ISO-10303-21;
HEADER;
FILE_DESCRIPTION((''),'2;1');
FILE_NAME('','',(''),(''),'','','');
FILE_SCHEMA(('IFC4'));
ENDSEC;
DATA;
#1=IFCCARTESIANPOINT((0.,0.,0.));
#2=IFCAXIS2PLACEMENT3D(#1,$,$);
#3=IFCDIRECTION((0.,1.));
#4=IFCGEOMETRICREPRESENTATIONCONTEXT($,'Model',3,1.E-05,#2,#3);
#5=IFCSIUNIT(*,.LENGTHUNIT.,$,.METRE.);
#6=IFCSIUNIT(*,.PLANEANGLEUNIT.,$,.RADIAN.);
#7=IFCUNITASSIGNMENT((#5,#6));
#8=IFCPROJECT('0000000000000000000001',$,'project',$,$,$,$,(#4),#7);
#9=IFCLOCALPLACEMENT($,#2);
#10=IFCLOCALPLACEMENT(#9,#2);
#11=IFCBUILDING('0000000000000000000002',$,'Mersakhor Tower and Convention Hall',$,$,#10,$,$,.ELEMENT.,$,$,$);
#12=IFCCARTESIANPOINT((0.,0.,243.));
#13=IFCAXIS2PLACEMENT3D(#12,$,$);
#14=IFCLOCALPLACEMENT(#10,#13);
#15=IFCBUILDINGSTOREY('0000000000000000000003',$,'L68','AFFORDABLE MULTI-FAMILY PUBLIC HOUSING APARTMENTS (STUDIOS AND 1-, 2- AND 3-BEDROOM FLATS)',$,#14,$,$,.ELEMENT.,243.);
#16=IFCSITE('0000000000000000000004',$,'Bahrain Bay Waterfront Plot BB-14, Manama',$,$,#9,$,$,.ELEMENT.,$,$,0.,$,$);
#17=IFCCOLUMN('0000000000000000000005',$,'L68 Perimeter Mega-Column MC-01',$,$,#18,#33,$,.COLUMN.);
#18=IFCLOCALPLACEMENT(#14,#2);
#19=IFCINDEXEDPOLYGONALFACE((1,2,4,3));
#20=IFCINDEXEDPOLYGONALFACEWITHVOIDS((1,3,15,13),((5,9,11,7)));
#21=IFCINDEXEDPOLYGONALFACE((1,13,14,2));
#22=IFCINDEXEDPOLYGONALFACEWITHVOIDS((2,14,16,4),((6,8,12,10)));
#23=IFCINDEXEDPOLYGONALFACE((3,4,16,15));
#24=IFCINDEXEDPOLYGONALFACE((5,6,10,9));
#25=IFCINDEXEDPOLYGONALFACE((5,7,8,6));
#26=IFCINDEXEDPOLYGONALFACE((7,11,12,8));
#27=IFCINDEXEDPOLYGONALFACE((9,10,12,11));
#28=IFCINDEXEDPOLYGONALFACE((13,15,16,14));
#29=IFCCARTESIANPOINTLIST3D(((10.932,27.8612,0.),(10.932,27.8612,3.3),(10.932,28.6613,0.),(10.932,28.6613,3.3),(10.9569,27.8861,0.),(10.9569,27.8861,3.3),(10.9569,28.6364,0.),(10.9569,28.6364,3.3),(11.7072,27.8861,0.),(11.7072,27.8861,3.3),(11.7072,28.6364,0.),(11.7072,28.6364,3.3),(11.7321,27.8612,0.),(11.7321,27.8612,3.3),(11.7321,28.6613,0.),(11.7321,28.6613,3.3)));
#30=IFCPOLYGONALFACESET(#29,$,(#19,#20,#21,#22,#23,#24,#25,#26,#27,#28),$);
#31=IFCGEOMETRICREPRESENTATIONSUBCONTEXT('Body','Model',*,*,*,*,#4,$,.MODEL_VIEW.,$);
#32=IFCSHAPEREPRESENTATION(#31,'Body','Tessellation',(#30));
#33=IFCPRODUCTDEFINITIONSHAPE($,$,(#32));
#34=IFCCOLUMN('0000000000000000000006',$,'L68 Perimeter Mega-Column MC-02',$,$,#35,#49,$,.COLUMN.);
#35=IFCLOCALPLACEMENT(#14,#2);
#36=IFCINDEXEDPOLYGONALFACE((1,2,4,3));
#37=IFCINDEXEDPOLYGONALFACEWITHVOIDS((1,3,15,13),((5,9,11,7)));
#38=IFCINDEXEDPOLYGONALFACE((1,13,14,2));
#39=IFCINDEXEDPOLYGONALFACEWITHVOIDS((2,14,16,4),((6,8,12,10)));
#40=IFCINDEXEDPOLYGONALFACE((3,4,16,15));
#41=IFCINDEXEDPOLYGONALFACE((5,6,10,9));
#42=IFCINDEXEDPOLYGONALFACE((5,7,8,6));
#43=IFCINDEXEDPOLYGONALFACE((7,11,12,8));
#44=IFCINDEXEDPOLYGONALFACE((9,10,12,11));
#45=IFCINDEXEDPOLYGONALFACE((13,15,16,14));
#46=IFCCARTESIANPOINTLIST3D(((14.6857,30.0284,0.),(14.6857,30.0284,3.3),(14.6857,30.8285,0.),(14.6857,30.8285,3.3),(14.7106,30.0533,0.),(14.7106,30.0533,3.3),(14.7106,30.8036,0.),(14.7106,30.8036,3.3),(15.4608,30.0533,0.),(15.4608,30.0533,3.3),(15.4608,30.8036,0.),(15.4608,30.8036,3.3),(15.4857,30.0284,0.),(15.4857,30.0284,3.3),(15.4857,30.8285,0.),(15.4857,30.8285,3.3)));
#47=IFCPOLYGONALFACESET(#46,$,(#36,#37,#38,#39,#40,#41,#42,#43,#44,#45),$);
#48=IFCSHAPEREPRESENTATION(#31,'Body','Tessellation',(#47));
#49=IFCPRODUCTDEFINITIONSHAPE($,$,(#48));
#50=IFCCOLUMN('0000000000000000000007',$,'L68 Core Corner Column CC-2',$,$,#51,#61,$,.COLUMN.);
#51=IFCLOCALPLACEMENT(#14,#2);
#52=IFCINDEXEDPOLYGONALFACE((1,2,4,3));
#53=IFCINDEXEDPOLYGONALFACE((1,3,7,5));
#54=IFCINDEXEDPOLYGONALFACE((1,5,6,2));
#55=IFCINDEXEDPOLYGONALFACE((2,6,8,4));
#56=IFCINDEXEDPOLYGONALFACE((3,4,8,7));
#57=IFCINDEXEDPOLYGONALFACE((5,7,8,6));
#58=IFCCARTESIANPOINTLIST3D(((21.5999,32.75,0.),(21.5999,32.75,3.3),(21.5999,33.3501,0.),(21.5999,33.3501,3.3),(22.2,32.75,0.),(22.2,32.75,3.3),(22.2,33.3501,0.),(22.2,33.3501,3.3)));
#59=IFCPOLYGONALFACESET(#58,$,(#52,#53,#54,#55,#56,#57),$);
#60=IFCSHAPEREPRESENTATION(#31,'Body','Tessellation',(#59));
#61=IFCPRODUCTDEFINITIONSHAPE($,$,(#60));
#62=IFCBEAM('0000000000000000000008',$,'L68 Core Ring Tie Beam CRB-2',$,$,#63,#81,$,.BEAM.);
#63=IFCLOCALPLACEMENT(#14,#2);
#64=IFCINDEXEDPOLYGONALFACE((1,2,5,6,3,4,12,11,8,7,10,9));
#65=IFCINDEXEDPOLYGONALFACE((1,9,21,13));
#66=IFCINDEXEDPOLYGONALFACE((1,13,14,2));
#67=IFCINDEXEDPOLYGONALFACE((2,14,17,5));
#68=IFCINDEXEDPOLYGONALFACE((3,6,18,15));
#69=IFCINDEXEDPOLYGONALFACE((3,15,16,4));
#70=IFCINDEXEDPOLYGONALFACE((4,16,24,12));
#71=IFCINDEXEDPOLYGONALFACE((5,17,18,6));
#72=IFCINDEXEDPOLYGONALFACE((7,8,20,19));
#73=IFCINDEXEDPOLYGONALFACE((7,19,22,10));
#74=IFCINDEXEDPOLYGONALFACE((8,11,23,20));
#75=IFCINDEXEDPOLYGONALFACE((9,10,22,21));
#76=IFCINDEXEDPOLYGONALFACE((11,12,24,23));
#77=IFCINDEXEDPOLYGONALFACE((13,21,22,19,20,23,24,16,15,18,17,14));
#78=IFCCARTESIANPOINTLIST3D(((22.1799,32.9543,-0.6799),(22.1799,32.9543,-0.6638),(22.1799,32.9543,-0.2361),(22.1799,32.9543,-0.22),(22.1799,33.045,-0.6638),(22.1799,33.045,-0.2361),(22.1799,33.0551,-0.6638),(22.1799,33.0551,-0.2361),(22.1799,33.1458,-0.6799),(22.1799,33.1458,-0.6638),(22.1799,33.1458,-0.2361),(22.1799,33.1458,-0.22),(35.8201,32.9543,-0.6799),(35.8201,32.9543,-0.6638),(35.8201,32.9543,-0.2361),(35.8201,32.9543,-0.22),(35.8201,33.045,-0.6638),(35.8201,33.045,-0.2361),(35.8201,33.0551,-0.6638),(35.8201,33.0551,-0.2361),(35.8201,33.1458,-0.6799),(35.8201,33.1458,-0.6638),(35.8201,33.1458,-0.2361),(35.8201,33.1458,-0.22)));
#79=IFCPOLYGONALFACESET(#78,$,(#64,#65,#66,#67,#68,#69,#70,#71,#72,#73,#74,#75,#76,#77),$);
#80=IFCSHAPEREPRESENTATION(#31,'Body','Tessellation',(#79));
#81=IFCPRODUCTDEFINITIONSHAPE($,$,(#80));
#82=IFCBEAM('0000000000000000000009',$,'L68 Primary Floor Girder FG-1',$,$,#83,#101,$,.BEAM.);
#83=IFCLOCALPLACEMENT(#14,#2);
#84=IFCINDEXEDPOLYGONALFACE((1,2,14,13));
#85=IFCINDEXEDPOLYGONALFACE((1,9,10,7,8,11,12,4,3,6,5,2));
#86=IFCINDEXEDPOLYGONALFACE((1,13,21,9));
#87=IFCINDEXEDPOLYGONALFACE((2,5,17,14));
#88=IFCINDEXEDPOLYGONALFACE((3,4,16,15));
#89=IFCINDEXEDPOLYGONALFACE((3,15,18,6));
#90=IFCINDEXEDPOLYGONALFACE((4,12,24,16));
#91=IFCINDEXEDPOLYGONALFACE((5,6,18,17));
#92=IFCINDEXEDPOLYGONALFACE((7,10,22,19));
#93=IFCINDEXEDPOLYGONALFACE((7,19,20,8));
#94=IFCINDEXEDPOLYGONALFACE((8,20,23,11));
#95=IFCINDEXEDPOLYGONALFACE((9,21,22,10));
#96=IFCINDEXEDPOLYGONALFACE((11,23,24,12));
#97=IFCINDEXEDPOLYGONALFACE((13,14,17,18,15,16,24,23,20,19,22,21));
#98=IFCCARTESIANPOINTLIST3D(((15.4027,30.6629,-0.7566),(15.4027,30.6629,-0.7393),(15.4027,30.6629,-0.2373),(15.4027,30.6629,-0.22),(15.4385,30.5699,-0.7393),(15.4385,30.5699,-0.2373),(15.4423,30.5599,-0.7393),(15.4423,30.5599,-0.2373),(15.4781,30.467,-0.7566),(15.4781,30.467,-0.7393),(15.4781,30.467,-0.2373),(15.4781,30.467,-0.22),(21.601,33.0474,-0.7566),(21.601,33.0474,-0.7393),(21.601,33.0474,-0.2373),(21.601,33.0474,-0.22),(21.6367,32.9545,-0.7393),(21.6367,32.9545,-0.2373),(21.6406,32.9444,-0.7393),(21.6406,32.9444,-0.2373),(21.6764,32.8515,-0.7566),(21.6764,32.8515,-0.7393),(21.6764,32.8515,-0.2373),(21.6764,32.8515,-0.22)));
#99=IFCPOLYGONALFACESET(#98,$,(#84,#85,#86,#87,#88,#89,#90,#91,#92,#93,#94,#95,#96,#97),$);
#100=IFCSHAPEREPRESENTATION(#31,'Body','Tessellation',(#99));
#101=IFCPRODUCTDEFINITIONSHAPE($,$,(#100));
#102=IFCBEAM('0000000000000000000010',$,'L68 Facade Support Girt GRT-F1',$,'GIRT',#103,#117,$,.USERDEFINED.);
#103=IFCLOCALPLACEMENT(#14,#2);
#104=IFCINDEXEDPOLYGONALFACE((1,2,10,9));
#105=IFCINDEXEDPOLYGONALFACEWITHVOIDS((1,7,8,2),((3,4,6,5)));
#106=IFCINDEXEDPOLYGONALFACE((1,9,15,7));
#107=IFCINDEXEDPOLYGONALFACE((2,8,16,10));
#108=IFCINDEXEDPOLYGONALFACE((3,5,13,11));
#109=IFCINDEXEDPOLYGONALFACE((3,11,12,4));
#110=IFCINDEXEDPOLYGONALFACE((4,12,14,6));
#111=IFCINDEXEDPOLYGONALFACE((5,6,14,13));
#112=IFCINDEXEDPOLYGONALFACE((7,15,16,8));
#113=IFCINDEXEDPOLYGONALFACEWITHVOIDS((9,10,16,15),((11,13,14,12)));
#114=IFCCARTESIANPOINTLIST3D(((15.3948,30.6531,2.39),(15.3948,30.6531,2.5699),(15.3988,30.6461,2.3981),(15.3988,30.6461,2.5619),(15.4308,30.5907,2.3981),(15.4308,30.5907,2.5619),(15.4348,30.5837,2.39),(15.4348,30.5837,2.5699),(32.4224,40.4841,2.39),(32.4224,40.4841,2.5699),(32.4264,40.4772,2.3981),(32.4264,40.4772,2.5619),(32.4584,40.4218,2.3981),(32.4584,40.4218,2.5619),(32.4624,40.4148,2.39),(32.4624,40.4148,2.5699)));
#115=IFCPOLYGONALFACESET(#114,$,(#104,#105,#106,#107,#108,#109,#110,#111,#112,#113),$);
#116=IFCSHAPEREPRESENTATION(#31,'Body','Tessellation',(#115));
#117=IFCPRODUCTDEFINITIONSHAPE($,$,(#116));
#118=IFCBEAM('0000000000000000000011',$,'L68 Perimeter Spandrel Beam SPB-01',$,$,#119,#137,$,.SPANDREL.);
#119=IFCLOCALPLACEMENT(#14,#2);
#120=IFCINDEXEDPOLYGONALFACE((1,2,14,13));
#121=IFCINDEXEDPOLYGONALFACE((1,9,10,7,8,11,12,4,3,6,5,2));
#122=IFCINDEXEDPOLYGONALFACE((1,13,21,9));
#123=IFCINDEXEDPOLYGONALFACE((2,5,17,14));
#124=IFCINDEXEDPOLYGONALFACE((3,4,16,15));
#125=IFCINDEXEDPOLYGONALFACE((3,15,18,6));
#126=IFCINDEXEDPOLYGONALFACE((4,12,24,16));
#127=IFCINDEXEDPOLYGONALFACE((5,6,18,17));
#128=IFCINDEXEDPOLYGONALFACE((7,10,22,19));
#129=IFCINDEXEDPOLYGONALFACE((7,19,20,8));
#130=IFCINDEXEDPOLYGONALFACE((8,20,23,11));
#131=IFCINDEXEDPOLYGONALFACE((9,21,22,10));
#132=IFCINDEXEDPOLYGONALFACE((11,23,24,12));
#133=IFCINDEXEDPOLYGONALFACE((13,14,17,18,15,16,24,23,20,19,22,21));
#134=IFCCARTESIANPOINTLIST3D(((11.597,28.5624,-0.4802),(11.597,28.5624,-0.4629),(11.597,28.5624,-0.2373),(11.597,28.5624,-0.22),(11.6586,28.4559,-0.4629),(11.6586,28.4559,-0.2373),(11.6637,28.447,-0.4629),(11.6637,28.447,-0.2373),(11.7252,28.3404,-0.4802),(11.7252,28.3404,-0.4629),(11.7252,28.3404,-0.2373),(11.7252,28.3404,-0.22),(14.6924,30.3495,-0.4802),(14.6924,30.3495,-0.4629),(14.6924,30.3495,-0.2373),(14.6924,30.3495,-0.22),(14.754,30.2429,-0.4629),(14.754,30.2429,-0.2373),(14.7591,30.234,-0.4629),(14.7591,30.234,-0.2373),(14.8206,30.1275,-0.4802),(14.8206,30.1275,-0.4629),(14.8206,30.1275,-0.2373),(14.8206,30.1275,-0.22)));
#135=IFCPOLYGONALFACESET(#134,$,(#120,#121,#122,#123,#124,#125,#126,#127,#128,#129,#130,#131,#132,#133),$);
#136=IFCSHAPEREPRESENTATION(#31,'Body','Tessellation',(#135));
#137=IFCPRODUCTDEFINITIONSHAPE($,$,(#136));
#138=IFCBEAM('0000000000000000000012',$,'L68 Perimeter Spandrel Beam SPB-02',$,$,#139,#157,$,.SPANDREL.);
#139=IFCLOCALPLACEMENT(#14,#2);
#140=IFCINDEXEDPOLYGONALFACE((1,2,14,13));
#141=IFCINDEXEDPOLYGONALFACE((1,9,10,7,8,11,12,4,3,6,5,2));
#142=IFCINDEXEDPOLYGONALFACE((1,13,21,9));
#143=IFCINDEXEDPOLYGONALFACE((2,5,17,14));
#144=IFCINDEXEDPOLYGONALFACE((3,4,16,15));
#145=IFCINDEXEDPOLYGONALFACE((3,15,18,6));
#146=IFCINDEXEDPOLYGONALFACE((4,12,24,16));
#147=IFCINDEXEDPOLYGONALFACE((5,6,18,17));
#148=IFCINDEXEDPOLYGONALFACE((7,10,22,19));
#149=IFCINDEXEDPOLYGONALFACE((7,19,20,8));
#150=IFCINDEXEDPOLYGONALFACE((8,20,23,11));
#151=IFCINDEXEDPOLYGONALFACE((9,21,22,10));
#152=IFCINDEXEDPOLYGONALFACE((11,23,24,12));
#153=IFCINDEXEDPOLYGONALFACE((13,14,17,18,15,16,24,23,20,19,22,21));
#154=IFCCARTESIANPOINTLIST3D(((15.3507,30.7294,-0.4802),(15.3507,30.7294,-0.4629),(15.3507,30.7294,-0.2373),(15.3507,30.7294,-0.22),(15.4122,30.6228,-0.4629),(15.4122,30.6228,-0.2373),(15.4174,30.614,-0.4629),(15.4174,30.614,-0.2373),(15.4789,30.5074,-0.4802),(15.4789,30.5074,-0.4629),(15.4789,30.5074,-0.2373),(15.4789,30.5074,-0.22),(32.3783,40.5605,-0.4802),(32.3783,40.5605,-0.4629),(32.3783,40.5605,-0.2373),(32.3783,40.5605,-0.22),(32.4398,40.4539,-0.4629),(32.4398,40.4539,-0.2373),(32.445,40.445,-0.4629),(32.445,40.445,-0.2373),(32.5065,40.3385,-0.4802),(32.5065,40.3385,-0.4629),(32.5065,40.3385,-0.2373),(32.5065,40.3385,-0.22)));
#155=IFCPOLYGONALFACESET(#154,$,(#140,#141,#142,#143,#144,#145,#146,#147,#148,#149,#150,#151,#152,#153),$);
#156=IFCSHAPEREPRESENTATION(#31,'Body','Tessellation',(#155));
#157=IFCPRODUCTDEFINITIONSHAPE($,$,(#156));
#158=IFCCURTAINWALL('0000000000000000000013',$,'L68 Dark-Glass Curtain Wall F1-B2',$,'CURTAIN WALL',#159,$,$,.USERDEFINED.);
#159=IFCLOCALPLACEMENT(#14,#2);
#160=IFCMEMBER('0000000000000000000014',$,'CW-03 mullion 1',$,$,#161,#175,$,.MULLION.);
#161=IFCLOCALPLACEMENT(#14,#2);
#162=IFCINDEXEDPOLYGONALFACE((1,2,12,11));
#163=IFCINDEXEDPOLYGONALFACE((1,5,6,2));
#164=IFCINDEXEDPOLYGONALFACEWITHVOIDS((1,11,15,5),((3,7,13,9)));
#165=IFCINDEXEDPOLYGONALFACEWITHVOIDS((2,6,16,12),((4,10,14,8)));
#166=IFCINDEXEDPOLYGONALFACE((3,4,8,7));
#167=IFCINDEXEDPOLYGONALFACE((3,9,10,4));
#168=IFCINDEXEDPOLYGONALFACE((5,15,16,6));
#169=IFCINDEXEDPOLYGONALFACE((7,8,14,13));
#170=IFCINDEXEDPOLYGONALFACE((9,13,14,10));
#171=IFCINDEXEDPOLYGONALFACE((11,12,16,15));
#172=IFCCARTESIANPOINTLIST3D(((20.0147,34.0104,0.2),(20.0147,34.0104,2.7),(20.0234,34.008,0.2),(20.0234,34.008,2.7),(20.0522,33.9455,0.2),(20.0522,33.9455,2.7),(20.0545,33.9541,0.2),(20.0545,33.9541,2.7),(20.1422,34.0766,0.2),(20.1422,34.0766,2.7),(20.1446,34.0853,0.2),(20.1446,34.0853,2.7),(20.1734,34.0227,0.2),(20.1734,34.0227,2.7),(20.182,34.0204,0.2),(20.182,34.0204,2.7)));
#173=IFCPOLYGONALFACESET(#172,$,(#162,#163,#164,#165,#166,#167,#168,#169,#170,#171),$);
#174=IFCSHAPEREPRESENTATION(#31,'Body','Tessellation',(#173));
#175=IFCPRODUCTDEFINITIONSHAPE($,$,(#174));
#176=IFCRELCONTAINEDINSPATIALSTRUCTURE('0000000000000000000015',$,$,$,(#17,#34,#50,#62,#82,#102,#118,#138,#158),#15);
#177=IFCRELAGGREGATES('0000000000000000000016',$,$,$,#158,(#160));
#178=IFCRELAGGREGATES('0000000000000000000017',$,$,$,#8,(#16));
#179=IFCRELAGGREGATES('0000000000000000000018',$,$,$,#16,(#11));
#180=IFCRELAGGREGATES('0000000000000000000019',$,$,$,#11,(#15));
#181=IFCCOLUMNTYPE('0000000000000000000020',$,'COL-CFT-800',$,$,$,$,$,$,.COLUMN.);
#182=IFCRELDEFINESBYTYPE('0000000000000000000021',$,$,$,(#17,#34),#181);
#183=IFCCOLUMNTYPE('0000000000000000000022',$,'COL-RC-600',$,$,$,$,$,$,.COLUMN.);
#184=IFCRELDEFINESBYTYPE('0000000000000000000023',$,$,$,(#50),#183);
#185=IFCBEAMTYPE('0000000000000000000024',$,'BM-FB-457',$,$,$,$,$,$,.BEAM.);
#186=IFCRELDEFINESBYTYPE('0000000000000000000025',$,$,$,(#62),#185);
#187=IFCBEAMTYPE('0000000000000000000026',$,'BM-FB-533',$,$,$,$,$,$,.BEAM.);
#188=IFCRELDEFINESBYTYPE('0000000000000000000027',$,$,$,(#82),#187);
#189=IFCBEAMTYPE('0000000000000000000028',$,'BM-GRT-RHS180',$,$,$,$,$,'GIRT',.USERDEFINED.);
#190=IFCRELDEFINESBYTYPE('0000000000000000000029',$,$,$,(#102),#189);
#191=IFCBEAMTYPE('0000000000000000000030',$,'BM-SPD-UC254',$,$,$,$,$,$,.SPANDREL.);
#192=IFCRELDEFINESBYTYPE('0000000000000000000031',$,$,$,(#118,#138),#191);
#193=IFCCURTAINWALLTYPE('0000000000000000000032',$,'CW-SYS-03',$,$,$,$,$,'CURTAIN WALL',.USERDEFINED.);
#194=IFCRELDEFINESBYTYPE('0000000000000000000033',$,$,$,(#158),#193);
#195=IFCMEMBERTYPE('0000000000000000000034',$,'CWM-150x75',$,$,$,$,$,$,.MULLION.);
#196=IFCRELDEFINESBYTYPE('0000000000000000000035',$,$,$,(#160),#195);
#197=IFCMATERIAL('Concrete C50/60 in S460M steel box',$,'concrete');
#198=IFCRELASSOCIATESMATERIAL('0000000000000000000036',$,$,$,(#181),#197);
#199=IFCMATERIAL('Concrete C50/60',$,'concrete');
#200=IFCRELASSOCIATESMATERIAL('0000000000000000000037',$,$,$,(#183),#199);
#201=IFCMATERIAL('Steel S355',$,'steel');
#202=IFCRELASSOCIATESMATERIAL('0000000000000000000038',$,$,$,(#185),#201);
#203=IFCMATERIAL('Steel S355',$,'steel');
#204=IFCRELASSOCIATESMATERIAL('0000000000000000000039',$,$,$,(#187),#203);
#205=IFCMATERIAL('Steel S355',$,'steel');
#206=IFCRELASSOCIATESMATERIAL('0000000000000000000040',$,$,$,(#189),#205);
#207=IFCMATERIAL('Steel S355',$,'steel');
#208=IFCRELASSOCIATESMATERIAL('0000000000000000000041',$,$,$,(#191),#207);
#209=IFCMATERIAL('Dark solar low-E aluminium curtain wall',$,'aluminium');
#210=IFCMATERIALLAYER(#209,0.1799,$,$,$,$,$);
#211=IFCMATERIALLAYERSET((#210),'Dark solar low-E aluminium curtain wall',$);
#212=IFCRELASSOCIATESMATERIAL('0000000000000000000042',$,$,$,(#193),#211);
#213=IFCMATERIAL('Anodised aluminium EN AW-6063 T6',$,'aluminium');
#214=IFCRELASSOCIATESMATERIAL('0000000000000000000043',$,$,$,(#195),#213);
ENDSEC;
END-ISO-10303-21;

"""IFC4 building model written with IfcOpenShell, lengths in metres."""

from ifc_helpers import new_model, si_unit, direction, frame, origin, origin_2d, place, context, subcontext, project, spatial, rectangle, hollow_rectangle, i_section, extrude, material, layer, layer_set, material_profile, profile_set, type_object, element, aggregate, save


model = new_model("IFC4")

# Units and contexts
model_context = context("Model", 3, precision=1e-05, world=origin(), true_north=direction((0.0, 1.0)))
body_context = subcontext(model_context, "Body", "Model", "MODEL_VIEW")
ifc_project = project(units=[si_unit("LENGTHUNIT", "METRE"), si_unit("PLANEANGLEUNIT", "RADIAN")], contexts=[model_context])

# Site, building, storey
site_placement = place(None, origin())
site = spatial("IfcSite", under=ifc_project, at=site_placement, Name="Bahrain Bay Waterfront Plot BB-14, Manama", CompositionType="ELEMENT", RefElevation=0.0)
building_placement = place(site_placement, origin())
building = spatial("IfcBuilding", under=site, at=building_placement, Name="Mersakhor Tower and Convention Hall", CompositionType="ELEMENT")
storey_placement = place(building_placement, frame((0.0, 0.0, 243.0)))
storey = spatial("IfcBuildingStorey", under=building, at=storey_placement, Name="L68", Description="AFFORDABLE MULTI-FAMILY PUBLIC HOUSING APARTMENTS (STUDIOS AND 1-, 2- AND 3-BEDROOM FLATS)", CompositionType="ELEMENT", Elevation=243.0)

# Columns
ifc_material_1 = material(Name="Concrete C50/60 in S460M steel box", Category="concrete")
ifc_material_profile_1 = material_profile(ifc_material_1, hollow_rectangle(XDim=0.8, YDim=0.8, WallThickness=0.0249, at=origin_2d()), Name="SHS 800x800x25")
ifc_profile_set_1 = profile_set([ifc_material_profile_1], Name="Concrete C50/60 in S460M steel box")
column_type_1 = type_object("IfcColumnType", Name="COL-CFT-800", PredefinedType="COLUMN", material=ifc_profile_set_1)
for number, where, z_axis, x_axis, name in (
    (1, (11.332, 28.2612, 0.0), (0.0, 0.0, 1.0), (1.0, 0.0, 0.0), "L68 Perimeter Mega-Column MC-01"),
    (2, (15.0857, 30.4285, 0.0), (0.0, 0.0, 1.0), (1.0, 0.0, 0.0), "L68 Perimeter Mega-Column MC-02"),
):
    element("IfcColumn", number, at=place(storey_placement, frame(where, z_axis=z_axis, x_axis=x_axis)), inside=storey, type_object=column_type_1, Name=name, PredefinedType="COLUMN", context=body_context, shape_type="SweptSolid", body=[
        extrude(hollow_rectangle(XDim=0.8, YDim=0.8, WallThickness=0.0249, at=origin_2d()), origin(), (0.0, 0.0, 1.0), 3.3),
    ])
ifc_material_2 = material(Name="Concrete C50/60", Category="concrete")
ifc_material_profile_2 = material_profile(ifc_material_2, rectangle(XDim=0.6001, YDim=0.6001, at=origin_2d()), Name="RC 600x600")
ifc_profile_set_2 = profile_set([ifc_material_profile_2], Name="Concrete C50/60")
column_type_2 = type_object("IfcColumnType", Name="COL-RC-600", PredefinedType="COLUMN", material=ifc_profile_set_2)
column_placement = place(storey_placement, frame((21.8999, 33.05, 0.0), z_axis=(0.0, 0.0, 1.0), x_axis=(1.0, 0.0, 0.0)))
element("IfcColumn", 3, at=column_placement, inside=storey, type_object=column_type_2, Name="L68 Core Corner Column CC-2", PredefinedType="COLUMN", context=body_context, shape_type="SweptSolid", body=[
    extrude(rectangle(XDim=0.6001, YDim=0.6001, at=origin_2d()), origin(), (0.0, 0.0, 1.0), 3.3),
])

# Beams
ifc_material_3 = material(Name="Steel S355", Category="steel")
ifc_material_profile_3 = material_profile(ifc_material_3, i_section(OverallWidth=0.1914, OverallDepth=0.46, WebThickness=0.01, FlangeThickness=0.0161, at=origin_2d()), Name="UB 457x191x82")
ifc_profile_set_3 = profile_set([ifc_material_profile_3], Name="Steel S355")
beam_type_1 = type_object("IfcBeamType", Name="BM-FB-457", PredefinedType="BEAM", material=ifc_profile_set_3)
beam_1_placement = place(storey_placement, frame((22.1799, 33.05, -0.45), z_axis=(1.0, 0.0, 0.0), x_axis=(0.0, 1.0, 0.0)))
element("IfcBeam", 4, at=beam_1_placement, inside=storey, type_object=beam_type_1, Name="L68 Core Ring Tie Beam CRB-2", PredefinedType="BEAM", context=body_context, shape_type="SweptSolid", body=[
    extrude(i_section(OverallWidth=0.1914, OverallDepth=0.46, WebThickness=0.01, FlangeThickness=0.0161, at=origin_2d()), origin(), (0.0, 0.0, 1.0), 13.6401),
])
ifc_material_4 = material(Name="Steel S355", Category="steel")
ifc_material_profile_4 = material_profile(ifc_material_4, i_section(OverallWidth=0.21, OverallDepth=0.5366, WebThickness=0.0107, FlangeThickness=0.0173, at=origin_2d()), Name="UB 533x210x101")
ifc_profile_set_4 = profile_set([ifc_material_profile_4], Name="Steel S355")
beam_type_2 = type_object("IfcBeamType", Name="BM-FB-533", PredefinedType="BEAM", material=ifc_profile_set_4)
beam_2_placement = place(storey_placement, frame((21.6387, 32.9495, -0.4883), z_axis=(-0.933316, -0.359055, 0.0), x_axis=(0.359055, -0.933316, 0.0)))
element("IfcBeam", 5, at=beam_2_placement, inside=storey, type_object=beam_type_2, Name="L68 Primary Floor Girder FG-1", PredefinedType="BEAM", context=body_context, shape_type="SweptSolid", body=[
    extrude(i_section(OverallWidth=0.21, OverallDepth=0.5366, WebThickness=0.0107, FlangeThickness=0.0173, at=origin_2d()), origin(), (0.0, 0.0, 1.0), 6.6411),
])
ifc_material_5 = material(Name="Steel S355", Category="steel")
ifc_material_profile_5 = material_profile(ifc_material_5, hollow_rectangle(XDim=0.0801, YDim=0.1799, WallThickness=0.0081, at=origin_2d()), Name="RHS 180x80x8")
ifc_profile_set_5 = profile_set([ifc_material_profile_5], Name="Steel S355")
beam_type_3 = type_object("IfcBeamType", Name="BM-GRT-RHS180", ElementType="GIRT", PredefinedType="USERDEFINED", material=ifc_profile_set_5)
beam_3_placement = place(storey_placement, frame((15.4148, 30.6184, 2.48), z_axis=(0.866022, 0.500007, 0.0), x_axis=(-0.500007, 0.866022, 0.0)))
element("IfcBeam", 6, at=beam_3_placement, inside=storey, type_object=beam_type_3, Name="L68 Facade Support Girt GRT-F1", ObjectType="GIRT", PredefinedType="USERDEFINED", context=body_context, shape_type="SweptSolid", body=[
    extrude(hollow_rectangle(XDim=0.0801, YDim=0.1799, WallThickness=0.0081, at=origin_2d()), origin(), (0.0, 0.0, 1.0), 19.6619),
])
ifc_material_6 = material(Name="Steel S355", Category="steel")
ifc_material_profile_6 = material_profile(ifc_material_6, i_section(OverallWidth=0.2563, OverallDepth=0.2603, WebThickness=0.0103, FlangeThickness=0.0173, at=origin_2d()), Name="UC 254x254x89")
ifc_profile_set_6 = profile_set([ifc_material_profile_6], Name="Steel S355")
beam_type_4 = type_object("IfcBeamType", Name="BM-SPD-UC254", PredefinedType="SPANDREL", material=ifc_profile_set_6)
beam_4_placement = place(storey_placement, frame((11.6611, 28.4514, -0.3501), z_axis=(0.866032, 0.499989, 0.0), x_axis=(-0.499989, 0.866032, 0.0)))
element("IfcBeam", 7, at=beam_4_placement, inside=storey, type_object=beam_type_4, Name="L68 Perimeter Spandrel Beam SPB-01", PredefinedType="SPANDREL", context=body_context, shape_type="SweptSolid", body=[
    extrude(i_section(OverallWidth=0.2563, OverallDepth=0.2603, WebThickness=0.0103, FlangeThickness=0.0173, at=origin_2d()), origin(), (0.0, 0.0, 1.0), 3.5742),
])
beam_5_placement = place(storey_placement, frame((15.4148, 30.6184, -0.3501), z_axis=(0.866022, 0.500007, 0.0), x_axis=(-0.500007, 0.866022, 0.0)))
element("IfcBeam", 8, at=beam_5_placement, inside=storey, type_object=beam_type_4, Name="L68 Perimeter Spandrel Beam SPB-02", PredefinedType="SPANDREL", context=body_context, shape_type="SweptSolid", body=[
    extrude(i_section(OverallWidth=0.2563, OverallDepth=0.2603, WebThickness=0.0103, FlangeThickness=0.0173, at=origin_2d()), origin(), (0.0, 0.0, 1.0), 19.6619),
])

# Curtain wall, member
ifc_material_7 = material(Name="Dark solar low-E aluminium curtain wall", Category="aluminium")
ifc_layer_1 = layer(ifc_material_7, 0.1799)
ifc_layer_set_1 = layer_set([ifc_layer_1], Name="Dark solar low-E aluminium curtain wall")
curtain_wall_type = type_object("IfcCurtainWallType", Name="CW-SYS-03", ElementType="CURTAIN WALL", PredefinedType="USERDEFINED", material=ifc_layer_set_1)
curtain_wall_placement = place(storey_placement, origin())
curtain_wall = element("IfcCurtainWall", 9, at=curtain_wall_placement, inside=storey, type_object=curtain_wall_type, Name="L68 Dark-Glass Curtain Wall F1-B2", ObjectType="CURTAIN WALL", PredefinedType="USERDEFINED")
ifc_material_8 = material(Name="Anodised aluminium EN AW-6063 T6", Category="aluminium")
ifc_material_profile_7 = material_profile(ifc_material_8, hollow_rectangle(XDim=0.075, YDim=0.1499, WallThickness=0.0063, at=origin_2d()), Name="RHS 150x75x6.3")
ifc_profile_set_7 = profile_set([ifc_material_profile_7], Name="Anodised aluminium EN AW-6063 T6")
member_type_1 = type_object("IfcMemberType", Name="CWM-150x75", PredefinedType="MULLION", material=ifc_profile_set_7)
member_1_placement = place(storey_placement, frame((20.0984, 34.0154, 0.2), z_axis=(0.0, 0.0, 1.0), x_axis=(-0.500004, 0.866023, 0.0)))
member_1 = element("IfcMember", 10, at=member_1_placement, type_object=member_type_1, Name="CW-03 mullion 1", PredefinedType="MULLION", context=body_context, shape_type="SweptSolid", body=[
    extrude(hollow_rectangle(XDim=0.075, YDim=0.1499, WallThickness=0.0063, at=origin_2d()), origin(), (0.0, 0.0, 1.0), 2.5),
])

aggregate(curtain_wall, [member_1])

save(model, "model.ifc")
